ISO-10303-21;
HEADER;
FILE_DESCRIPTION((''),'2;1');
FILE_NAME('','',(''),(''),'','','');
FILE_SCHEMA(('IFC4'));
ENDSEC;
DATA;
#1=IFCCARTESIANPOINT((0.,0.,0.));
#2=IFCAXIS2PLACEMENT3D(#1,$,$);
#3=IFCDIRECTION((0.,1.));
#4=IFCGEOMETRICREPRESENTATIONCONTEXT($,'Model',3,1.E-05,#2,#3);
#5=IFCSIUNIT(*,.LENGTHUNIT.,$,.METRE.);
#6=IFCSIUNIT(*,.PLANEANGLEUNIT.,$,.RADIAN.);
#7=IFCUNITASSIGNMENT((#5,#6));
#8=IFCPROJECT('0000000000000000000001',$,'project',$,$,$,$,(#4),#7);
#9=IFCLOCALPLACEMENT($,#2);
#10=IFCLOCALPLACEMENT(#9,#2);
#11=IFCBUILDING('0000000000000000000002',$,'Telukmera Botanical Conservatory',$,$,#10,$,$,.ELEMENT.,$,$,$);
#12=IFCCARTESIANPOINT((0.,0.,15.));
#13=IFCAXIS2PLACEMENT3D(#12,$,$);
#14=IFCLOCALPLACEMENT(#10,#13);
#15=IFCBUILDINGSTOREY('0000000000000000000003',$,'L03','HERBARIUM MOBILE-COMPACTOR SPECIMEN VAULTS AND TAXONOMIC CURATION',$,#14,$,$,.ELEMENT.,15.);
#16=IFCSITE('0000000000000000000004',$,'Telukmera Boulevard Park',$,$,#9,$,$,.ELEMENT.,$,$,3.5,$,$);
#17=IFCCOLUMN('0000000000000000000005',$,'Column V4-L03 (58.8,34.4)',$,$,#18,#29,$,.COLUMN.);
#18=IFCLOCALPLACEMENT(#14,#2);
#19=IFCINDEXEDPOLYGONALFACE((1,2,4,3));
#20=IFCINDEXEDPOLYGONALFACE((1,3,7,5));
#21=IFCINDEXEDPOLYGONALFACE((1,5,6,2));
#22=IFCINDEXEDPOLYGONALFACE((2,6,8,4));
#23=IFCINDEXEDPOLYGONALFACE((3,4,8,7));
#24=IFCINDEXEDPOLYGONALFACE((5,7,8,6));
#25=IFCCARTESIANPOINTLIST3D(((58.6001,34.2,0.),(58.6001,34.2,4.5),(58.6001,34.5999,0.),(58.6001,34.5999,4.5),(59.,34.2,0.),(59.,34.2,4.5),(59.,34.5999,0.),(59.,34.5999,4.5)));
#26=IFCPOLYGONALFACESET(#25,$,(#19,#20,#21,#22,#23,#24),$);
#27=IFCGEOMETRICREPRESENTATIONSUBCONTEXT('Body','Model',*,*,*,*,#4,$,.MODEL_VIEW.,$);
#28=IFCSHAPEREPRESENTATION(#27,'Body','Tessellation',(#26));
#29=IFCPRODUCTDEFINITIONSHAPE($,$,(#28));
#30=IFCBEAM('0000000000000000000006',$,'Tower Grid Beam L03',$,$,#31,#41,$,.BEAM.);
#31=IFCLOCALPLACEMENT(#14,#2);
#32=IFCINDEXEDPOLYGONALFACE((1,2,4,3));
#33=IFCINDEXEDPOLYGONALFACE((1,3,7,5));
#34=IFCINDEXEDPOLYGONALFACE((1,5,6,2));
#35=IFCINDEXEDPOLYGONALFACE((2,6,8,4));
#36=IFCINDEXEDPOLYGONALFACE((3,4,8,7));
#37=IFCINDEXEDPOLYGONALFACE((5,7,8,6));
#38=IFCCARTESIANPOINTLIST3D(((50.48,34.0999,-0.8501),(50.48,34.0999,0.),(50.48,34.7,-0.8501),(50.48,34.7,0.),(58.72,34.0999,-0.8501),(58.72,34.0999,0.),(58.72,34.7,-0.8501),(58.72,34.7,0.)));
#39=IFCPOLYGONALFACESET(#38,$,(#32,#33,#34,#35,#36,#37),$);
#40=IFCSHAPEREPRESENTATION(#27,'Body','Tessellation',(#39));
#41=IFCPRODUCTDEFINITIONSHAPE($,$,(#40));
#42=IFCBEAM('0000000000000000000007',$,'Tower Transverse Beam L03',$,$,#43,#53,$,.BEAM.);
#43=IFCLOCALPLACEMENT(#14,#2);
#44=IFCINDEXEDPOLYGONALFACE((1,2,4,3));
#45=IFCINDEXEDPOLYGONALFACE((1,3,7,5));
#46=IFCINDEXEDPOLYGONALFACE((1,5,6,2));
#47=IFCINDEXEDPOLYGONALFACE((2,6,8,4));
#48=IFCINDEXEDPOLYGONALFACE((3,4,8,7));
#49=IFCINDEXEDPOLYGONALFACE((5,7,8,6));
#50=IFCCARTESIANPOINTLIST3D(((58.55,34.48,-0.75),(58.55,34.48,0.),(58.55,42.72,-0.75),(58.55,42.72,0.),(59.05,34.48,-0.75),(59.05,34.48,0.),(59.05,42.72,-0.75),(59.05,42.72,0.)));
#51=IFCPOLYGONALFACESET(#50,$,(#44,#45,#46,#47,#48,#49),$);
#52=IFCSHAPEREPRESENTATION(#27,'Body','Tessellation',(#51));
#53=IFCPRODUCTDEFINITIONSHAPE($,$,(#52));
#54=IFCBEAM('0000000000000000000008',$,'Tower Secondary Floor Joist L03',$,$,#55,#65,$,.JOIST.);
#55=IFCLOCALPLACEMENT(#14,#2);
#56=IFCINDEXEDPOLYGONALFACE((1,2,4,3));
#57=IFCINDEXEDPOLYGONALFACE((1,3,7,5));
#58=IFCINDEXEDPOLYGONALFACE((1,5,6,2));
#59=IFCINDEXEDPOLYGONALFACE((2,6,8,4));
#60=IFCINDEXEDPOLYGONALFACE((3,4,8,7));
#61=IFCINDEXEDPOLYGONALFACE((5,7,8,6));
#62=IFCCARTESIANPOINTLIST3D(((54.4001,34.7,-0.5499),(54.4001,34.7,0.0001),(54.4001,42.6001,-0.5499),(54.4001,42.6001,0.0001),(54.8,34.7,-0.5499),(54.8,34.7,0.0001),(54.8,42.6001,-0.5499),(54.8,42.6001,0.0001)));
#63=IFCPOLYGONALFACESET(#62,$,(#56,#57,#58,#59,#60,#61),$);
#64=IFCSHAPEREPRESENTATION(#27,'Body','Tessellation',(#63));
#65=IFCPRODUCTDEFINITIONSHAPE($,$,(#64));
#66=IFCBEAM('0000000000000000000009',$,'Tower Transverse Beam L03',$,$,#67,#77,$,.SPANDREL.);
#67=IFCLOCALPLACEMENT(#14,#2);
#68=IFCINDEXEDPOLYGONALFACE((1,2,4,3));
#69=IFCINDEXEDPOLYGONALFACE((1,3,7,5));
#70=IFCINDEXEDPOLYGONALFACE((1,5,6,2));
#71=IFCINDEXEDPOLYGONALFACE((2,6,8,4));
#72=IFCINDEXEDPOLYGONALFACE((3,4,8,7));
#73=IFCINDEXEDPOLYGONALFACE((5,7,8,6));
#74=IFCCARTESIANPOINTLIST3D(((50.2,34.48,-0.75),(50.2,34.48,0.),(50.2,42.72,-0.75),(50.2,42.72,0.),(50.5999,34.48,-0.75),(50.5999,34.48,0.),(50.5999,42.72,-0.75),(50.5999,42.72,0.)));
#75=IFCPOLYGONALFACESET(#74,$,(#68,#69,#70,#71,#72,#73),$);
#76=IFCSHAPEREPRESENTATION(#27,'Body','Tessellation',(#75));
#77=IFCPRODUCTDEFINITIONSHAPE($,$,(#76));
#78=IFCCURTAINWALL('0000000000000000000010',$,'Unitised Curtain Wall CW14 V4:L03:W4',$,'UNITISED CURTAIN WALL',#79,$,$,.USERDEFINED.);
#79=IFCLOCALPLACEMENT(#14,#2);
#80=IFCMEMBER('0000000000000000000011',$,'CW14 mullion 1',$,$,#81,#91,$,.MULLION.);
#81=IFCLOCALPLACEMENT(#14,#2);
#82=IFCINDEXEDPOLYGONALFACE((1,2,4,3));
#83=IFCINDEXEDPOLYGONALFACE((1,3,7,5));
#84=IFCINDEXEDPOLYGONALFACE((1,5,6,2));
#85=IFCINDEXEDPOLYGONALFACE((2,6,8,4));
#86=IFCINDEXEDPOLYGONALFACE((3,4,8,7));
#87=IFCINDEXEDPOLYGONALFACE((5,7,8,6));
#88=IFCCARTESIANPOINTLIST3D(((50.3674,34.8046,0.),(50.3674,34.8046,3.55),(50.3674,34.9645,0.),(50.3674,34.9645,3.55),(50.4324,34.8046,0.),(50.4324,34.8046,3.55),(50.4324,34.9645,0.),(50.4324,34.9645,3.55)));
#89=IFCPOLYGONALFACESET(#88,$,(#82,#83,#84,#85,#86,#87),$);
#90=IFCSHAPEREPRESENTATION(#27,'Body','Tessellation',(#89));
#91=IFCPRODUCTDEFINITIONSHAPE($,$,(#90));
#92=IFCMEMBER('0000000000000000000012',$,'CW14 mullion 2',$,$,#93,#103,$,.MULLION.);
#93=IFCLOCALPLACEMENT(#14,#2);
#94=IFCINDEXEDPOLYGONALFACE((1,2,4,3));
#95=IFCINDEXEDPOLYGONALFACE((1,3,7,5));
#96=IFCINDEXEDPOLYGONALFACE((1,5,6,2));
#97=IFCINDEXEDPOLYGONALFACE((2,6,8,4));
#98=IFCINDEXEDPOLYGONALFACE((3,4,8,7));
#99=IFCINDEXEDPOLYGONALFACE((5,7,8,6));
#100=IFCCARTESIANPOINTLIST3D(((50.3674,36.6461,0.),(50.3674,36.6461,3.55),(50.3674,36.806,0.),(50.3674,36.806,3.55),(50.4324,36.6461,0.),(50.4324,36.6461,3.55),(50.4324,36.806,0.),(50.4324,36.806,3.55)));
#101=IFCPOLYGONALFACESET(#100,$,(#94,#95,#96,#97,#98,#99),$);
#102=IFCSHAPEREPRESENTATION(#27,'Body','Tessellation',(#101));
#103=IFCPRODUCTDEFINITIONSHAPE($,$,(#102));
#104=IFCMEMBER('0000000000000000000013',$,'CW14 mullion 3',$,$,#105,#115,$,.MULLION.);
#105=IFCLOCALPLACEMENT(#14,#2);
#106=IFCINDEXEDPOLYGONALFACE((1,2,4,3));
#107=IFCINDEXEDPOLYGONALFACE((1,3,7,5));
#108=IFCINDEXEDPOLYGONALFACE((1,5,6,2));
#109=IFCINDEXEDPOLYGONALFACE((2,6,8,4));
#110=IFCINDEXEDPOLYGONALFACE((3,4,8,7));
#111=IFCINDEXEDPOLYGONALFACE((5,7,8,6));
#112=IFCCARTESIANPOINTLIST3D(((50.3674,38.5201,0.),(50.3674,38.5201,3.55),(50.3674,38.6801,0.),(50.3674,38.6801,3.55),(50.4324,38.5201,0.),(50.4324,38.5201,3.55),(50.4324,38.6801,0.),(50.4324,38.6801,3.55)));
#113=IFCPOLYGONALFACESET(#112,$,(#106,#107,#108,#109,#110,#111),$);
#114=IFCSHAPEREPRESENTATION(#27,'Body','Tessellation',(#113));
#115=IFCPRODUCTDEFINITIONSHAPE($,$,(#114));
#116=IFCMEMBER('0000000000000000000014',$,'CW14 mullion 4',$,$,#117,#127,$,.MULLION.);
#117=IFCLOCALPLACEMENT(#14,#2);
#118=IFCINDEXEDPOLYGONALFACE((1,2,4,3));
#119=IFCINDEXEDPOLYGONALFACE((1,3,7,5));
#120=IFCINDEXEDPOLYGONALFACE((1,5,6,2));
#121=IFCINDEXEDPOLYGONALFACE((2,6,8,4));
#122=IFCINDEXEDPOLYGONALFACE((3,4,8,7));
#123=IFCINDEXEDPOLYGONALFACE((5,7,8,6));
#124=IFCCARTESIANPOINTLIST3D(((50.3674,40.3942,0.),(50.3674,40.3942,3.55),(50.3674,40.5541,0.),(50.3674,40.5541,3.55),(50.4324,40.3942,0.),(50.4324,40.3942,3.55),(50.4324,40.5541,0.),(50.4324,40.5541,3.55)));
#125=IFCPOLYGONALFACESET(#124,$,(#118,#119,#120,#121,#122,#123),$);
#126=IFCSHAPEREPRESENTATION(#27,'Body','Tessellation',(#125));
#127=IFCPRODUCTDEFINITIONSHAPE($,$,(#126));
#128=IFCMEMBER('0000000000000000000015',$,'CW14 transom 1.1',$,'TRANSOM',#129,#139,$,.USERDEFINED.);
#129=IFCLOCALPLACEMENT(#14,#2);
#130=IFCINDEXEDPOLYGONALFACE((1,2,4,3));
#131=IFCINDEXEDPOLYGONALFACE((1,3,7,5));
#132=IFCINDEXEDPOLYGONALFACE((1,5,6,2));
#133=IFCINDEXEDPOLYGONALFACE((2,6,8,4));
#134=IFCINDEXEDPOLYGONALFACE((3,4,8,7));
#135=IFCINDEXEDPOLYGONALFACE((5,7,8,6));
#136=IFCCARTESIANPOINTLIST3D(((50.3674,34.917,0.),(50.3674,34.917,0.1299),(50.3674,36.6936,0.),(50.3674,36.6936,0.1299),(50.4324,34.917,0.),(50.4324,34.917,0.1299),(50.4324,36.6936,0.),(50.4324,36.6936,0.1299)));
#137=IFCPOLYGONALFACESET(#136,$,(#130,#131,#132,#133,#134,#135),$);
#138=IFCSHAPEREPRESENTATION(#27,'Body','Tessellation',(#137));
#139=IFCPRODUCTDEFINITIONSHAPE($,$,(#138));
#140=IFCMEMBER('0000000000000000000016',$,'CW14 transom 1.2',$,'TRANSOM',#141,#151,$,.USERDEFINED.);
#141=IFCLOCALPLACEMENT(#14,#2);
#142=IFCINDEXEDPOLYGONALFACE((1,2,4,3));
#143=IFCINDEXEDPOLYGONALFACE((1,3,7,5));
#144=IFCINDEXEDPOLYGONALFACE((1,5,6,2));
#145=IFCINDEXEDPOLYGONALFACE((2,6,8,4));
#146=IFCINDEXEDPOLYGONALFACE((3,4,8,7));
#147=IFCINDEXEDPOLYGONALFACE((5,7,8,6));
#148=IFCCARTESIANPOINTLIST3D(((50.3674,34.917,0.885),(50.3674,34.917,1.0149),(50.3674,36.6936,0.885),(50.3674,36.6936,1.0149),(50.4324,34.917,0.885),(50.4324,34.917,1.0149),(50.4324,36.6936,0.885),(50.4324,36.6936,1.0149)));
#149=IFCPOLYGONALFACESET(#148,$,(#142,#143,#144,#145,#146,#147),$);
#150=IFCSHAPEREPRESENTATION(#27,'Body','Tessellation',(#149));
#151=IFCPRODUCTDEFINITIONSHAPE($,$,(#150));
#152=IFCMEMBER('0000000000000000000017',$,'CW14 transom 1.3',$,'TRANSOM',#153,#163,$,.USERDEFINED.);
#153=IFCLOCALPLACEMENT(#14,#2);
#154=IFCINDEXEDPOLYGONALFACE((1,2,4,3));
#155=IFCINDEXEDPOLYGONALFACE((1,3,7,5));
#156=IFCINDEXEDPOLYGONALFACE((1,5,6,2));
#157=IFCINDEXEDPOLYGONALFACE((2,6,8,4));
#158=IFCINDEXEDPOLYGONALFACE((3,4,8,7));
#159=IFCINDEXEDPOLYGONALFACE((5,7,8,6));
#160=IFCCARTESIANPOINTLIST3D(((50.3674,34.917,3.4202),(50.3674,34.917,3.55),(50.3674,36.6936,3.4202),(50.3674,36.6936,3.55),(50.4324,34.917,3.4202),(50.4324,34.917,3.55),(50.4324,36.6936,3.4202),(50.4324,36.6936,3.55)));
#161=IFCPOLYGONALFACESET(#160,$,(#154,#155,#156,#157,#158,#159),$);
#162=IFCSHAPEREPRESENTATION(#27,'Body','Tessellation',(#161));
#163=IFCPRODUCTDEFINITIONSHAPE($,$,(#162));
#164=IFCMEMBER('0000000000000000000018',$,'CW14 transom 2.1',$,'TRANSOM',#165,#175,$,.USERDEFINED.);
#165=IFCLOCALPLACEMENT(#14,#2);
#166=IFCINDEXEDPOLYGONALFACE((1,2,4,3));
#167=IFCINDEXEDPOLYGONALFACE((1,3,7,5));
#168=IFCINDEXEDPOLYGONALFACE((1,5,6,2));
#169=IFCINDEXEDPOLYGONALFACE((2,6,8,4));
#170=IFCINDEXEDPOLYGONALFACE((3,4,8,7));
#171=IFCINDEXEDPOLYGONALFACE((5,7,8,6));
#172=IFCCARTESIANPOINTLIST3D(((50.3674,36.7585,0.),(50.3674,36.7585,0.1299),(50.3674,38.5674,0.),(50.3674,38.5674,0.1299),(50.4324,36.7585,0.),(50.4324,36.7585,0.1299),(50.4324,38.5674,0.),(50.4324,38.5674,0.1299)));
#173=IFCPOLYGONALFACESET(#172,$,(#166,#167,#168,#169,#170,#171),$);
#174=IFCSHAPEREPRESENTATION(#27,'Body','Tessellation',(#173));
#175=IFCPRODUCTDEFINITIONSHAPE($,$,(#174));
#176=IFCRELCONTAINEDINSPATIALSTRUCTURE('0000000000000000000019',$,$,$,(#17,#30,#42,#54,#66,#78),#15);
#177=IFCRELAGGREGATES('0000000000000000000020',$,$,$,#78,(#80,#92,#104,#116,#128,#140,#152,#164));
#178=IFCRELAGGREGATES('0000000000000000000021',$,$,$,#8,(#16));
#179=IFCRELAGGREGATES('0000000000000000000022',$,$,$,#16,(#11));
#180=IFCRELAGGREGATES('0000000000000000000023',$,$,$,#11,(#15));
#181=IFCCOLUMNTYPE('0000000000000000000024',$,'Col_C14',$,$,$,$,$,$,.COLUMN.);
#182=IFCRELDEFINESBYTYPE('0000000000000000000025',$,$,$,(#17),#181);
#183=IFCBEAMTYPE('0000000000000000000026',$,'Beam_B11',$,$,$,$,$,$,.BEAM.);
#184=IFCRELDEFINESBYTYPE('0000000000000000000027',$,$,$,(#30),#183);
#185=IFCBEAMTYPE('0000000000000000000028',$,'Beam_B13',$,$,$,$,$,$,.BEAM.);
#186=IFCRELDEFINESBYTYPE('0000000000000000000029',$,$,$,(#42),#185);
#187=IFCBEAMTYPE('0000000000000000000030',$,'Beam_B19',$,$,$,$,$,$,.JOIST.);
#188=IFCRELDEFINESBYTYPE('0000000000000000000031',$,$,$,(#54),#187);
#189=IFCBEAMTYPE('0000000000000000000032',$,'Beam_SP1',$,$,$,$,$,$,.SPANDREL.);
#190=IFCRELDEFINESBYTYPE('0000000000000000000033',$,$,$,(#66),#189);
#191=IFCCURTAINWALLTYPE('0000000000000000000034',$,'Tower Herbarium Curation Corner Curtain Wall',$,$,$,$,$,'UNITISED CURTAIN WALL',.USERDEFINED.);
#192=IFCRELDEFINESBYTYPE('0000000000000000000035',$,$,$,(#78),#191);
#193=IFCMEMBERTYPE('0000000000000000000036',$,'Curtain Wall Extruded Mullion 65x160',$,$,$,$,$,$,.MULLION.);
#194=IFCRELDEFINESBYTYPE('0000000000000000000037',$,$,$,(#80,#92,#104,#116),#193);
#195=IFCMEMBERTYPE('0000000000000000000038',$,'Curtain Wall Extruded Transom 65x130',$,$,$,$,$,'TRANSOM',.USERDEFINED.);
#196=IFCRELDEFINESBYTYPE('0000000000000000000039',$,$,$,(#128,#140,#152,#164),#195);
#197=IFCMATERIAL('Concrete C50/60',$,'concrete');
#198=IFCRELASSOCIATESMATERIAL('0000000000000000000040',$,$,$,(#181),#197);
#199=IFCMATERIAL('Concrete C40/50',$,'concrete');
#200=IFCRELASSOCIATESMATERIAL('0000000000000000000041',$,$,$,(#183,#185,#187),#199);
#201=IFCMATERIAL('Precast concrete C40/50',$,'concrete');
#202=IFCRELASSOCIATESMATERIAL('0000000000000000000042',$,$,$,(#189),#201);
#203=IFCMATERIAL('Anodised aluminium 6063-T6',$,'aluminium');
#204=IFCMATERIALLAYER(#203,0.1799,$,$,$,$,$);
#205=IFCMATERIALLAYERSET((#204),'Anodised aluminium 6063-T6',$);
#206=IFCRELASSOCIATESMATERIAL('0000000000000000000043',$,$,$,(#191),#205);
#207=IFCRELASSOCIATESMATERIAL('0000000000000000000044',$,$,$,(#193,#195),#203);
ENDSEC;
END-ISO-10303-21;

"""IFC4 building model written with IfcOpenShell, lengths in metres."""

from ifc_helpers import new_model, si_unit, direction, frame, origin, origin_2d, place, context, subcontext, project, spatial, rectangle, extrude, material, layer, layer_set, material_profile, profile_set, type_object, element, aggregate, save


model = new_model("IFC4")

# Units and contexts
model_context = context("Model", 3, precision=1e-05, world=origin(), true_north=direction((0.0, 1.0)))
body_context = subcontext(model_context, "Body", "Model", "MODEL_VIEW")
ifc_project = project(units=[si_unit("LENGTHUNIT", "METRE"), si_unit("PLANEANGLEUNIT", "RADIAN")], contexts=[model_context])

# Site, building, storey
site_placement = place(None, origin())
site = spatial("IfcSite", under=ifc_project, at=site_placement, Name="Telukmera Boulevard Park", CompositionType="ELEMENT", RefElevation=3.5)
building_placement = place(site_placement, origin())
building = spatial("IfcBuilding", under=site, at=building_placement, Name="Telukmera Botanical Conservatory", CompositionType="ELEMENT")
storey_placement = place(building_placement, frame((0.0, 0.0, 15.0)))
storey = spatial("IfcBuildingStorey", under=building, at=storey_placement, Name="L03", Description="HERBARIUM MOBILE-COMPACTOR SPECIMEN VAULTS AND TAXONOMIC CURATION", CompositionType="ELEMENT", Elevation=15.0)

# Column
ifc_material_1 = material(Name="Concrete C50/60", Category="concrete")
ifc_material_profile_1 = material_profile(ifc_material_1, rectangle(XDim=0.3999, YDim=0.3999, at=origin_2d()), Name="RC 400x400")
ifc_profile_set_1 = profile_set([ifc_material_profile_1], Name="Concrete C50/60")
column_type = type_object("IfcColumnType", Name="Col_C14", PredefinedType="COLUMN", material=ifc_profile_set_1)
column_placement = place(storey_placement, frame((58.8, 34.3999, 0.0), z_axis=(0.0, 0.0, 1.0), x_axis=(1.0, 0.0, 0.0)))
element("IfcColumn", 1, at=column_placement, inside=storey, type_object=column_type, Name="Column V4-L03 (58.8,34.4)", PredefinedType="COLUMN", context=body_context, shape_type="SweptSolid", body=[
    extrude(rectangle(XDim=0.3999, YDim=0.3999, at=origin_2d()), origin(), (0.0, 0.0, 1.0), 4.5),
])

# Beams
ifc_material_2 = material(Name="Concrete C40/50", Category="concrete")
ifc_material_profile_2 = material_profile(ifc_material_2, rectangle(XDim=0.6001, YDim=0.8501, at=origin_2d()), Name="RC 600x850")
ifc_profile_set_2 = profile_set([ifc_material_profile_2], Name="Concrete C40/50")
beam_type_1 = type_object("IfcBeamType", Name="Beam_B11", PredefinedType="BEAM", material=ifc_profile_set_2)
beam_1_placement = place(storey_placement, frame((50.48, 34.3999, -0.425), z_axis=(1.0, 0.0, 0.0), x_axis=(0.0, 1.0, 0.0)))
element("IfcBeam", 2, at=beam_1_placement, inside=storey, type_object=beam_type_1, Name="Tower Grid Beam L03", PredefinedType="BEAM", context=body_context, shape_type="SweptSolid", body=[
    extrude(rectangle(XDim=0.6001, YDim=0.8501, at=origin_2d()), origin(), (0.0, 0.0, 1.0), 8.24),
])
ifc_material_profile_3 = material_profile(ifc_material_2, rectangle(XDim=0.5, YDim=0.75, at=origin_2d()), Name="RC 500x750")
ifc_profile_set_3 = profile_set([ifc_material_profile_3], Name="Concrete C40/50")
beam_type_2 = type_object("IfcBeamType", Name="Beam_B13", PredefinedType="BEAM", material=ifc_profile_set_3)
beam_2_placement = place(storey_placement, frame((58.8, 34.48, -0.375), z_axis=(0.0, 1.0, 0.0), x_axis=(-1.0, 0.0, 0.0)))
element("IfcBeam", 3, at=beam_2_placement, inside=storey, type_object=beam_type_2, Name="Tower Transverse Beam L03", PredefinedType="BEAM", context=body_context, shape_type="SweptSolid", body=[
    extrude(rectangle(XDim=0.5, YDim=0.75, at=origin_2d()), origin(), (0.0, 0.0, 1.0), 8.24),
])
ifc_material_profile_4 = material_profile(ifc_material_2, rectangle(XDim=0.3999, YDim=0.55, at=origin_2d()), Name="RC 400x550")
ifc_profile_set_4 = profile_set([ifc_material_profile_4], Name="Concrete C40/50")
beam_type_3 = type_object("IfcBeamType", Name="Beam_B19", PredefinedType="JOIST", material=ifc_profile_set_4)
beam_3_placement = place(storey_placement, frame((54.6001, 34.7, -0.2749), z_axis=(0.0, 1.0, 0.0), x_axis=(-1.0, 0.0, 0.0)))
element("IfcBeam", 4, at=beam_3_placement, inside=storey, type_object=beam_type_3, Name="Tower Secondary Floor Joist L03", PredefinedType="JOIST", context=body_context, shape_type="SweptSolid", body=[
    extrude(rectangle(XDim=0.3999, YDim=0.55, at=origin_2d()), origin(), (0.0, 0.0, 1.0), 7.9001),
])
ifc_material_3 = material(Name="Precast concrete C40/50", Category="concrete")
ifc_material_profile_5 = material_profile(ifc_material_3, rectangle(XDim=0.3999, YDim=0.75, at=origin_2d()), Name="PC 400x750")
ifc_profile_set_5 = profile_set([ifc_material_profile_5], Name="Precast concrete C40/50")
beam_type_4 = type_object("IfcBeamType", Name="Beam_SP1", PredefinedType="SPANDREL", material=ifc_profile_set_5)
beam_4_placement = place(storey_placement, frame((50.3999, 34.48, -0.375), z_axis=(0.0, 1.0, 0.0), x_axis=(-1.0, 0.0, 0.0)))
element("IfcBeam", 5, at=beam_4_placement, inside=storey, type_object=beam_type_4, Name="Tower Transverse Beam L03", PredefinedType="SPANDREL", context=body_context, shape_type="SweptSolid", body=[
    extrude(rectangle(XDim=0.3999, YDim=0.75, at=origin_2d()), origin(), (0.0, 0.0, 1.0), 8.24),
])

# Curtain wall, members
ifc_material_4 = material(Name="Anodised aluminium 6063-T6", Category="aluminium")
ifc_layer_1 = layer(ifc_material_4, 0.1799)
ifc_layer_set_1 = layer_set([ifc_layer_1], Name="Anodised aluminium 6063-T6")
curtain_wall_type = type_object("IfcCurtainWallType", Name="Tower Herbarium Curation Corner Curtain Wall", ElementType="UNITISED CURTAIN WALL", PredefinedType="USERDEFINED", material=ifc_layer_set_1)
curtain_wall_placement = place(storey_placement, origin())
curtain_wall = element("IfcCurtainWall", 6, at=curtain_wall_placement, inside=storey, type_object=curtain_wall_type, Name="Unitised Curtain Wall CW14 V4:L03:W4", ObjectType="UNITISED CURTAIN WALL", PredefinedType="USERDEFINED")
ifc_material_profile_6 = material_profile(ifc_material_4, rectangle(XDim=0.0649, YDim=0.1599, at=origin_2d()), Name="ALU MULL 65x160")
ifc_profile_set_6 = profile_set([ifc_material_profile_6], Name="Anodised aluminium 6063-T6")
member_type_1 = type_object("IfcMemberType", Name="Curtain Wall Extruded Mullion 65x160", PredefinedType="MULLION", material=ifc_profile_set_6)
member_1_placement = place(storey_placement, frame((50.3999, 34.8845, 0.0), z_axis=(0.0, 0.0, 1.0), x_axis=(-1.0, 0.0, 0.0)))
member_1 = element("IfcMember", 7, at=member_1_placement, type_object=member_type_1, Name="CW14 mullion 1", PredefinedType="MULLION", context=body_context, shape_type="SweptSolid", body=[
    extrude(rectangle(XDim=0.0649, YDim=0.1599, at=origin_2d()), origin(), (0.0, 0.0, 1.0), 3.55),
])
member_2_placement = place(storey_placement, frame((50.3999, 36.7261, 0.0), z_axis=(0.0, 0.0, 1.0), x_axis=(-1.0, 0.0, 0.0)))
member_2 = element("IfcMember", 8, at=member_2_placement, type_object=member_type_1, Name="CW14 mullion 2", PredefinedType="MULLION", context=body_context, shape_type="SweptSolid", body=[
    extrude(rectangle(XDim=0.0649, YDim=0.1599, at=origin_2d()), origin(), (0.0, 0.0, 1.0), 3.55),
])
member_3_placement = place(storey_placement, frame((50.3999, 38.6001, 0.0), z_axis=(0.0, 0.0, 1.0), x_axis=(-1.0, 0.0, 0.0)))
member_3 = element("IfcMember", 9, at=member_3_placement, type_object=member_type_1, Name="CW14 mullion 3", PredefinedType="MULLION", context=body_context, shape_type="SweptSolid", body=[
    extrude(rectangle(XDim=0.0649, YDim=0.1599, at=origin_2d()), origin(), (0.0, 0.0, 1.0), 3.55),
])
member_4_placement = place(storey_placement, frame((50.3999, 40.4741, 0.0), z_axis=(0.0, 0.0, 1.0), x_axis=(-1.0, 0.0, 0.0)))
member_4 = element("IfcMember", 10, at=member_4_placement, type_object=member_type_1, Name="CW14 mullion 4", PredefinedType="MULLION", context=body_context, shape_type="SweptSolid", body=[
    extrude(rectangle(XDim=0.0649, YDim=0.1599, at=origin_2d()), origin(), (0.0, 0.0, 1.0), 3.55),
])
ifc_material_profile_7 = material_profile(ifc_material_4, rectangle(XDim=0.0649, YDim=0.1299, at=origin_2d()), Name="ALU TRAN 65x130")
ifc_profile_set_7 = profile_set([ifc_material_profile_7], Name="Anodised aluminium 6063-T6")
member_type_2 = type_object("IfcMemberType", Name="Curtain Wall Extruded Transom 65x130", ElementType="TRANSOM", PredefinedType="USERDEFINED", material=ifc_profile_set_7)
member_5_placement = place(storey_placement, frame((50.3999, 34.917, 0.0649), z_axis=(0.0, 1.0, 0.0), x_axis=(-1.0, 0.0, 0.0)))
member_5 = element("IfcMember", 11, at=member_5_placement, type_object=member_type_2, Name="CW14 transom 1.1", ObjectType="TRANSOM", PredefinedType="USERDEFINED", context=body_context, shape_type="SweptSolid", body=[
    extrude(rectangle(XDim=0.0649, YDim=0.1299, at=origin_2d()), origin(), (0.0, 0.0, 1.0), 1.7766),
])
member_6_placement = place(storey_placement, frame((50.3999, 34.917, 0.95), z_axis=(0.0, 1.0, 0.0), x_axis=(-1.0, 0.0, 0.0)))
member_6 = element("IfcMember", 12, at=member_6_placement, type_object=member_type_2, Name="CW14 transom 1.2", ObjectType="TRANSOM", PredefinedType="USERDEFINED", context=body_context, shape_type="SweptSolid", body=[
    extrude(rectangle(XDim=0.0649, YDim=0.1299, at=origin_2d()), origin(), (0.0, 0.0, 1.0), 1.7766),
])
member_7_placement = place(storey_placement, frame((50.3999, 34.917, 3.4851), z_axis=(0.0, 1.0, 0.0), x_axis=(-1.0, 0.0, 0.0)))
member_7 = element("IfcMember", 13, at=member_7_placement, type_object=member_type_2, Name="CW14 transom 1.3", ObjectType="TRANSOM", PredefinedType="USERDEFINED", context=body_context, shape_type="SweptSolid", body=[
    extrude(rectangle(XDim=0.0649, YDim=0.1299, at=origin_2d()), origin(), (0.0, 0.0, 1.0), 1.7766),
])
member_8_placement = place(storey_placement, frame((50.3999, 36.7585, 0.0649), z_axis=(0.0, 1.0, 0.0), x_axis=(-1.0, 0.0, 0.0)))
member_8 = element("IfcMember", 14, at=member_8_placement, type_object=member_type_2, Name="CW14 transom 2.1", ObjectType="TRANSOM", PredefinedType="USERDEFINED", context=body_context, shape_type="SweptSolid", body=[
    extrude(rectangle(XDim=0.0649, YDim=0.1299, at=origin_2d()), origin(), (0.0, 0.0, 1.0), 1.8088),
])
aggregate(curtain_wall, [member_1, member_2, member_3, member_4, member_5, member_6, member_7, member_8])

save(model, "model.ifc")
